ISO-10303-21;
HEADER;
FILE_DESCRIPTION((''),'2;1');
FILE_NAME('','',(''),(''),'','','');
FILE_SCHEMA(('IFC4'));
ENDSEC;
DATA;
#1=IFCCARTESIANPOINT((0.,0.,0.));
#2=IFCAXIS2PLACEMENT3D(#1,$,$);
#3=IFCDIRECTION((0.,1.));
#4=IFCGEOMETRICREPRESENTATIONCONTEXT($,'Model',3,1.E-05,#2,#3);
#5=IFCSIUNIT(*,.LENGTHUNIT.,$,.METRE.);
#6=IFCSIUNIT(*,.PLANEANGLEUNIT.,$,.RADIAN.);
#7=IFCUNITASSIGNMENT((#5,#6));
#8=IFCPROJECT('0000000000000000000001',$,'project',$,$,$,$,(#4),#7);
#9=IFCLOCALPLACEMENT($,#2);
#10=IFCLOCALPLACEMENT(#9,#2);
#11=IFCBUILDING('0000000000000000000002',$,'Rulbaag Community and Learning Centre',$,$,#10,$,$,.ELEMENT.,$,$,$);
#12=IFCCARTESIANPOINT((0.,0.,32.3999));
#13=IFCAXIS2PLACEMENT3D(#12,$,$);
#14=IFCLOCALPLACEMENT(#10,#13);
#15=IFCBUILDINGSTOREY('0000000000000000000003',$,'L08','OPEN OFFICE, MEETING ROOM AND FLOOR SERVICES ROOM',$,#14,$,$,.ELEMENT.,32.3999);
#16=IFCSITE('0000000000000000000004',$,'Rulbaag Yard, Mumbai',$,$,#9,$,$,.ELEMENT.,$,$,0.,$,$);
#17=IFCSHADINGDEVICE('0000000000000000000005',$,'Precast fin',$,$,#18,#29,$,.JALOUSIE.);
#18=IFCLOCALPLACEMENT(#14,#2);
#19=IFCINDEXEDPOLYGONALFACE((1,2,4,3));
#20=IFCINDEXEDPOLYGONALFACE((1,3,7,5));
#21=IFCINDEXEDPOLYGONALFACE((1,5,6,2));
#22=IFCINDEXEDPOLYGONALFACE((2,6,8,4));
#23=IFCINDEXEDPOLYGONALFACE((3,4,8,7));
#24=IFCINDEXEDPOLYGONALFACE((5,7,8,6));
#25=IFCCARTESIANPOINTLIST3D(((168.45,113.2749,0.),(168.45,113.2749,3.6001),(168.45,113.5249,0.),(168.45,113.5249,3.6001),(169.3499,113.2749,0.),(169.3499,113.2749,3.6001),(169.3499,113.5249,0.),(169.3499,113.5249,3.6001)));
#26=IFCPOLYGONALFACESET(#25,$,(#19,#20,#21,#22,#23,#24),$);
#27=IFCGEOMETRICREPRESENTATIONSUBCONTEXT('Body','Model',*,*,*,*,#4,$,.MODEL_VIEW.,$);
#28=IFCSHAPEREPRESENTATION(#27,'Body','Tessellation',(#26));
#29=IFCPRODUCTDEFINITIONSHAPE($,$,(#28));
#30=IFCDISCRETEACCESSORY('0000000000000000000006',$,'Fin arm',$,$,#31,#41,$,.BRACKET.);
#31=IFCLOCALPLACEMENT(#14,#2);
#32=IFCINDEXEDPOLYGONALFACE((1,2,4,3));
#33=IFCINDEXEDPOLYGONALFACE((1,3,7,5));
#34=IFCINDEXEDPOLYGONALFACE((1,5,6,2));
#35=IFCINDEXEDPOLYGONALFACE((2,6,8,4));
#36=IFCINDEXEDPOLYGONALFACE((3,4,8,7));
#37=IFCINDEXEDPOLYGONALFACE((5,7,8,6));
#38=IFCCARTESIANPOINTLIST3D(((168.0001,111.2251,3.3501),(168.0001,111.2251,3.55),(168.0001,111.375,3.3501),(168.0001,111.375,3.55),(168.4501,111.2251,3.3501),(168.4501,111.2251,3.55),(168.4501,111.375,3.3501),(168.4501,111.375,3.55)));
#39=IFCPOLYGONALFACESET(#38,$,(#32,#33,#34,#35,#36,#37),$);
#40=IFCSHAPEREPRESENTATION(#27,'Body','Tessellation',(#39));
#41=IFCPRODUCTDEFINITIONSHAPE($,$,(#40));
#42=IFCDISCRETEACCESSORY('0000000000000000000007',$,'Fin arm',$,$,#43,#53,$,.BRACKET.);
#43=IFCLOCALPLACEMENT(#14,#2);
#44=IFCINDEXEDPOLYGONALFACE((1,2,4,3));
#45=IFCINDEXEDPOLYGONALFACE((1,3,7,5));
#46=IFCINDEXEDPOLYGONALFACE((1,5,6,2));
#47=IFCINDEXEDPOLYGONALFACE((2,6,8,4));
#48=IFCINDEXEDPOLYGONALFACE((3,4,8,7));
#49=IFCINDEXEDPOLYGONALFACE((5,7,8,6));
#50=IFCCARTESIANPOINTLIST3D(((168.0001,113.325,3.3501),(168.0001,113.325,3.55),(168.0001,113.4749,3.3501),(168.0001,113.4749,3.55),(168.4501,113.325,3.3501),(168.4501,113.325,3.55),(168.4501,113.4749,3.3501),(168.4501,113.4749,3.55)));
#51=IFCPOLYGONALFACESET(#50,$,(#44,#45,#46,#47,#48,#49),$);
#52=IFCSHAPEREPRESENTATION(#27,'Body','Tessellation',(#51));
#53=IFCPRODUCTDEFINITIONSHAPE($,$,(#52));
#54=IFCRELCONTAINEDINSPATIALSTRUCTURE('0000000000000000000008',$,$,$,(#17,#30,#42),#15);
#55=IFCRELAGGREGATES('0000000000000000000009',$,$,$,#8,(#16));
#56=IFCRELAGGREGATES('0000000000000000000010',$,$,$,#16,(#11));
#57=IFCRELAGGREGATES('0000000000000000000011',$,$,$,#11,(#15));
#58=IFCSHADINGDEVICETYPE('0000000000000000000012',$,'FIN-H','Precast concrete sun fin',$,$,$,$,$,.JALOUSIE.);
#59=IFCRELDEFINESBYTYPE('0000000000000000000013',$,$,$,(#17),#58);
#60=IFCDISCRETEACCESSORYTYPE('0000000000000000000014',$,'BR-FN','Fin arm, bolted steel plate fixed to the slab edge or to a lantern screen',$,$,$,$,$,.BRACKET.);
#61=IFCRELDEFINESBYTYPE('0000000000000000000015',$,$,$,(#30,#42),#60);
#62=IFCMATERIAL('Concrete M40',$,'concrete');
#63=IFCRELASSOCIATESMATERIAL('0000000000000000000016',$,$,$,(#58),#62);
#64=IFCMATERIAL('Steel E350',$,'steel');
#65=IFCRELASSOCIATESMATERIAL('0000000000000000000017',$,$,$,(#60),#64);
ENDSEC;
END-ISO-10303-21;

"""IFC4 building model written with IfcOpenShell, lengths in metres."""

from ifc_helpers import new_model, si_unit, direction, frame, origin, origin_2d, place, context, subcontext, project, spatial, rectangle, extrude, material, material_profile, profile_set, type_object, element, save


model = new_model("IFC4")

# Units and contexts
model_context = context("Model", 3, precision=1e-05, world=origin(), true_north=direction((0.0, 1.0)))
body_context = subcontext(model_context, "Body", "Model", "MODEL_VIEW")
ifc_project = project(units=[si_unit("LENGTHUNIT", "METRE"), si_unit("PLANEANGLEUNIT", "RADIAN")], contexts=[model_context])

# Site, building, storey
site_placement = place(None, origin())
site = spatial("IfcSite", under=ifc_project, at=site_placement, Name="Rulbaag Yard, Mumbai", CompositionType="ELEMENT", RefElevation=0.0)
building_placement = place(site_placement, origin())
building = spatial("IfcBuilding", under=site, at=building_placement, Name="Rulbaag Community and Learning Centre", CompositionType="ELEMENT")
storey_placement = place(building_placement, frame((0.0, 0.0, 32.3999)))
storey = spatial("IfcBuildingStorey", under=building, at=storey_placement, Name="L08", Description="OPEN OFFICE, MEETING ROOM AND FLOOR SERVICES ROOM", CompositionType="ELEMENT", Elevation=32.3999)

# Shading device
ifc_material_1 = material(Name="Concrete M40", Category="concrete")
ifc_material_profile_1 = material_profile(ifc_material_1, rectangle(XDim=0.25, YDim=0.8999, at=origin_2d()), Name="PC 250x900")
ifc_profile_set_1 = profile_set([ifc_material_profile_1], Name="Concrete M40")
shading_device_type = type_object("IfcShadingDeviceType", Name="FIN-H", Description="Precast concrete sun fin", PredefinedType="JALOUSIE", material=ifc_profile_set_1)
for number, where, z_axis, x_axis, name in (
    (1, (168.8999, 113.3999, 0.0), (0.0, 0.0, 1.0), (0.0, 1.0, 0.0), "Precast fin"),
):
    element("IfcShadingDevice", number, at=place(storey_placement, frame(where, z_axis=z_axis, x_axis=x_axis)), inside=storey, type_object=shading_device_type, Name=name, PredefinedType="JALOUSIE", context=body_context, shape_type="SweptSolid", body=[
        extrude(rectangle(XDim=0.25, YDim=0.8999, at=origin_2d()), origin(), (0.0, 0.0, 1.0), 3.6001),
    ])

# Discrete accessories
ifc_material_2 = material(Name="Steel E350", Category="steel")
discrete_accessory_type = type_object("IfcDiscreteAccessoryType", Name="BR-FN", Description="Fin arm, bolted steel plate fixed to the slab edge or to a lantern screen", PredefinedType="BRACKET", material=ifc_material_2)
for number, where, z_axis, x_axis, name in (
    (2, (168.2251, 111.3, 3.3501), (0.0, 0.0, 1.0), (1.0, 0.0, 0.0), "Fin arm"),
    (3, (168.2251, 113.3999, 3.3501), (0.0, 0.0, 1.0), (1.0, 0.0, 0.0), "Fin arm"),
):
    element("IfcDiscreteAccessory", number, at=place(storey_placement, frame(where, z_axis=z_axis, x_axis=x_axis)), inside=storey, type_object=discrete_accessory_type, Name=name, PredefinedType="BRACKET", context=body_context, shape_type="SweptSolid", body=[
        extrude(rectangle(XDim=0.45, YDim=0.1499, at=origin_2d()), origin(), (0.0, 0.0, 1.0), 0.2),
    ])

save(model, "model.ifc")
